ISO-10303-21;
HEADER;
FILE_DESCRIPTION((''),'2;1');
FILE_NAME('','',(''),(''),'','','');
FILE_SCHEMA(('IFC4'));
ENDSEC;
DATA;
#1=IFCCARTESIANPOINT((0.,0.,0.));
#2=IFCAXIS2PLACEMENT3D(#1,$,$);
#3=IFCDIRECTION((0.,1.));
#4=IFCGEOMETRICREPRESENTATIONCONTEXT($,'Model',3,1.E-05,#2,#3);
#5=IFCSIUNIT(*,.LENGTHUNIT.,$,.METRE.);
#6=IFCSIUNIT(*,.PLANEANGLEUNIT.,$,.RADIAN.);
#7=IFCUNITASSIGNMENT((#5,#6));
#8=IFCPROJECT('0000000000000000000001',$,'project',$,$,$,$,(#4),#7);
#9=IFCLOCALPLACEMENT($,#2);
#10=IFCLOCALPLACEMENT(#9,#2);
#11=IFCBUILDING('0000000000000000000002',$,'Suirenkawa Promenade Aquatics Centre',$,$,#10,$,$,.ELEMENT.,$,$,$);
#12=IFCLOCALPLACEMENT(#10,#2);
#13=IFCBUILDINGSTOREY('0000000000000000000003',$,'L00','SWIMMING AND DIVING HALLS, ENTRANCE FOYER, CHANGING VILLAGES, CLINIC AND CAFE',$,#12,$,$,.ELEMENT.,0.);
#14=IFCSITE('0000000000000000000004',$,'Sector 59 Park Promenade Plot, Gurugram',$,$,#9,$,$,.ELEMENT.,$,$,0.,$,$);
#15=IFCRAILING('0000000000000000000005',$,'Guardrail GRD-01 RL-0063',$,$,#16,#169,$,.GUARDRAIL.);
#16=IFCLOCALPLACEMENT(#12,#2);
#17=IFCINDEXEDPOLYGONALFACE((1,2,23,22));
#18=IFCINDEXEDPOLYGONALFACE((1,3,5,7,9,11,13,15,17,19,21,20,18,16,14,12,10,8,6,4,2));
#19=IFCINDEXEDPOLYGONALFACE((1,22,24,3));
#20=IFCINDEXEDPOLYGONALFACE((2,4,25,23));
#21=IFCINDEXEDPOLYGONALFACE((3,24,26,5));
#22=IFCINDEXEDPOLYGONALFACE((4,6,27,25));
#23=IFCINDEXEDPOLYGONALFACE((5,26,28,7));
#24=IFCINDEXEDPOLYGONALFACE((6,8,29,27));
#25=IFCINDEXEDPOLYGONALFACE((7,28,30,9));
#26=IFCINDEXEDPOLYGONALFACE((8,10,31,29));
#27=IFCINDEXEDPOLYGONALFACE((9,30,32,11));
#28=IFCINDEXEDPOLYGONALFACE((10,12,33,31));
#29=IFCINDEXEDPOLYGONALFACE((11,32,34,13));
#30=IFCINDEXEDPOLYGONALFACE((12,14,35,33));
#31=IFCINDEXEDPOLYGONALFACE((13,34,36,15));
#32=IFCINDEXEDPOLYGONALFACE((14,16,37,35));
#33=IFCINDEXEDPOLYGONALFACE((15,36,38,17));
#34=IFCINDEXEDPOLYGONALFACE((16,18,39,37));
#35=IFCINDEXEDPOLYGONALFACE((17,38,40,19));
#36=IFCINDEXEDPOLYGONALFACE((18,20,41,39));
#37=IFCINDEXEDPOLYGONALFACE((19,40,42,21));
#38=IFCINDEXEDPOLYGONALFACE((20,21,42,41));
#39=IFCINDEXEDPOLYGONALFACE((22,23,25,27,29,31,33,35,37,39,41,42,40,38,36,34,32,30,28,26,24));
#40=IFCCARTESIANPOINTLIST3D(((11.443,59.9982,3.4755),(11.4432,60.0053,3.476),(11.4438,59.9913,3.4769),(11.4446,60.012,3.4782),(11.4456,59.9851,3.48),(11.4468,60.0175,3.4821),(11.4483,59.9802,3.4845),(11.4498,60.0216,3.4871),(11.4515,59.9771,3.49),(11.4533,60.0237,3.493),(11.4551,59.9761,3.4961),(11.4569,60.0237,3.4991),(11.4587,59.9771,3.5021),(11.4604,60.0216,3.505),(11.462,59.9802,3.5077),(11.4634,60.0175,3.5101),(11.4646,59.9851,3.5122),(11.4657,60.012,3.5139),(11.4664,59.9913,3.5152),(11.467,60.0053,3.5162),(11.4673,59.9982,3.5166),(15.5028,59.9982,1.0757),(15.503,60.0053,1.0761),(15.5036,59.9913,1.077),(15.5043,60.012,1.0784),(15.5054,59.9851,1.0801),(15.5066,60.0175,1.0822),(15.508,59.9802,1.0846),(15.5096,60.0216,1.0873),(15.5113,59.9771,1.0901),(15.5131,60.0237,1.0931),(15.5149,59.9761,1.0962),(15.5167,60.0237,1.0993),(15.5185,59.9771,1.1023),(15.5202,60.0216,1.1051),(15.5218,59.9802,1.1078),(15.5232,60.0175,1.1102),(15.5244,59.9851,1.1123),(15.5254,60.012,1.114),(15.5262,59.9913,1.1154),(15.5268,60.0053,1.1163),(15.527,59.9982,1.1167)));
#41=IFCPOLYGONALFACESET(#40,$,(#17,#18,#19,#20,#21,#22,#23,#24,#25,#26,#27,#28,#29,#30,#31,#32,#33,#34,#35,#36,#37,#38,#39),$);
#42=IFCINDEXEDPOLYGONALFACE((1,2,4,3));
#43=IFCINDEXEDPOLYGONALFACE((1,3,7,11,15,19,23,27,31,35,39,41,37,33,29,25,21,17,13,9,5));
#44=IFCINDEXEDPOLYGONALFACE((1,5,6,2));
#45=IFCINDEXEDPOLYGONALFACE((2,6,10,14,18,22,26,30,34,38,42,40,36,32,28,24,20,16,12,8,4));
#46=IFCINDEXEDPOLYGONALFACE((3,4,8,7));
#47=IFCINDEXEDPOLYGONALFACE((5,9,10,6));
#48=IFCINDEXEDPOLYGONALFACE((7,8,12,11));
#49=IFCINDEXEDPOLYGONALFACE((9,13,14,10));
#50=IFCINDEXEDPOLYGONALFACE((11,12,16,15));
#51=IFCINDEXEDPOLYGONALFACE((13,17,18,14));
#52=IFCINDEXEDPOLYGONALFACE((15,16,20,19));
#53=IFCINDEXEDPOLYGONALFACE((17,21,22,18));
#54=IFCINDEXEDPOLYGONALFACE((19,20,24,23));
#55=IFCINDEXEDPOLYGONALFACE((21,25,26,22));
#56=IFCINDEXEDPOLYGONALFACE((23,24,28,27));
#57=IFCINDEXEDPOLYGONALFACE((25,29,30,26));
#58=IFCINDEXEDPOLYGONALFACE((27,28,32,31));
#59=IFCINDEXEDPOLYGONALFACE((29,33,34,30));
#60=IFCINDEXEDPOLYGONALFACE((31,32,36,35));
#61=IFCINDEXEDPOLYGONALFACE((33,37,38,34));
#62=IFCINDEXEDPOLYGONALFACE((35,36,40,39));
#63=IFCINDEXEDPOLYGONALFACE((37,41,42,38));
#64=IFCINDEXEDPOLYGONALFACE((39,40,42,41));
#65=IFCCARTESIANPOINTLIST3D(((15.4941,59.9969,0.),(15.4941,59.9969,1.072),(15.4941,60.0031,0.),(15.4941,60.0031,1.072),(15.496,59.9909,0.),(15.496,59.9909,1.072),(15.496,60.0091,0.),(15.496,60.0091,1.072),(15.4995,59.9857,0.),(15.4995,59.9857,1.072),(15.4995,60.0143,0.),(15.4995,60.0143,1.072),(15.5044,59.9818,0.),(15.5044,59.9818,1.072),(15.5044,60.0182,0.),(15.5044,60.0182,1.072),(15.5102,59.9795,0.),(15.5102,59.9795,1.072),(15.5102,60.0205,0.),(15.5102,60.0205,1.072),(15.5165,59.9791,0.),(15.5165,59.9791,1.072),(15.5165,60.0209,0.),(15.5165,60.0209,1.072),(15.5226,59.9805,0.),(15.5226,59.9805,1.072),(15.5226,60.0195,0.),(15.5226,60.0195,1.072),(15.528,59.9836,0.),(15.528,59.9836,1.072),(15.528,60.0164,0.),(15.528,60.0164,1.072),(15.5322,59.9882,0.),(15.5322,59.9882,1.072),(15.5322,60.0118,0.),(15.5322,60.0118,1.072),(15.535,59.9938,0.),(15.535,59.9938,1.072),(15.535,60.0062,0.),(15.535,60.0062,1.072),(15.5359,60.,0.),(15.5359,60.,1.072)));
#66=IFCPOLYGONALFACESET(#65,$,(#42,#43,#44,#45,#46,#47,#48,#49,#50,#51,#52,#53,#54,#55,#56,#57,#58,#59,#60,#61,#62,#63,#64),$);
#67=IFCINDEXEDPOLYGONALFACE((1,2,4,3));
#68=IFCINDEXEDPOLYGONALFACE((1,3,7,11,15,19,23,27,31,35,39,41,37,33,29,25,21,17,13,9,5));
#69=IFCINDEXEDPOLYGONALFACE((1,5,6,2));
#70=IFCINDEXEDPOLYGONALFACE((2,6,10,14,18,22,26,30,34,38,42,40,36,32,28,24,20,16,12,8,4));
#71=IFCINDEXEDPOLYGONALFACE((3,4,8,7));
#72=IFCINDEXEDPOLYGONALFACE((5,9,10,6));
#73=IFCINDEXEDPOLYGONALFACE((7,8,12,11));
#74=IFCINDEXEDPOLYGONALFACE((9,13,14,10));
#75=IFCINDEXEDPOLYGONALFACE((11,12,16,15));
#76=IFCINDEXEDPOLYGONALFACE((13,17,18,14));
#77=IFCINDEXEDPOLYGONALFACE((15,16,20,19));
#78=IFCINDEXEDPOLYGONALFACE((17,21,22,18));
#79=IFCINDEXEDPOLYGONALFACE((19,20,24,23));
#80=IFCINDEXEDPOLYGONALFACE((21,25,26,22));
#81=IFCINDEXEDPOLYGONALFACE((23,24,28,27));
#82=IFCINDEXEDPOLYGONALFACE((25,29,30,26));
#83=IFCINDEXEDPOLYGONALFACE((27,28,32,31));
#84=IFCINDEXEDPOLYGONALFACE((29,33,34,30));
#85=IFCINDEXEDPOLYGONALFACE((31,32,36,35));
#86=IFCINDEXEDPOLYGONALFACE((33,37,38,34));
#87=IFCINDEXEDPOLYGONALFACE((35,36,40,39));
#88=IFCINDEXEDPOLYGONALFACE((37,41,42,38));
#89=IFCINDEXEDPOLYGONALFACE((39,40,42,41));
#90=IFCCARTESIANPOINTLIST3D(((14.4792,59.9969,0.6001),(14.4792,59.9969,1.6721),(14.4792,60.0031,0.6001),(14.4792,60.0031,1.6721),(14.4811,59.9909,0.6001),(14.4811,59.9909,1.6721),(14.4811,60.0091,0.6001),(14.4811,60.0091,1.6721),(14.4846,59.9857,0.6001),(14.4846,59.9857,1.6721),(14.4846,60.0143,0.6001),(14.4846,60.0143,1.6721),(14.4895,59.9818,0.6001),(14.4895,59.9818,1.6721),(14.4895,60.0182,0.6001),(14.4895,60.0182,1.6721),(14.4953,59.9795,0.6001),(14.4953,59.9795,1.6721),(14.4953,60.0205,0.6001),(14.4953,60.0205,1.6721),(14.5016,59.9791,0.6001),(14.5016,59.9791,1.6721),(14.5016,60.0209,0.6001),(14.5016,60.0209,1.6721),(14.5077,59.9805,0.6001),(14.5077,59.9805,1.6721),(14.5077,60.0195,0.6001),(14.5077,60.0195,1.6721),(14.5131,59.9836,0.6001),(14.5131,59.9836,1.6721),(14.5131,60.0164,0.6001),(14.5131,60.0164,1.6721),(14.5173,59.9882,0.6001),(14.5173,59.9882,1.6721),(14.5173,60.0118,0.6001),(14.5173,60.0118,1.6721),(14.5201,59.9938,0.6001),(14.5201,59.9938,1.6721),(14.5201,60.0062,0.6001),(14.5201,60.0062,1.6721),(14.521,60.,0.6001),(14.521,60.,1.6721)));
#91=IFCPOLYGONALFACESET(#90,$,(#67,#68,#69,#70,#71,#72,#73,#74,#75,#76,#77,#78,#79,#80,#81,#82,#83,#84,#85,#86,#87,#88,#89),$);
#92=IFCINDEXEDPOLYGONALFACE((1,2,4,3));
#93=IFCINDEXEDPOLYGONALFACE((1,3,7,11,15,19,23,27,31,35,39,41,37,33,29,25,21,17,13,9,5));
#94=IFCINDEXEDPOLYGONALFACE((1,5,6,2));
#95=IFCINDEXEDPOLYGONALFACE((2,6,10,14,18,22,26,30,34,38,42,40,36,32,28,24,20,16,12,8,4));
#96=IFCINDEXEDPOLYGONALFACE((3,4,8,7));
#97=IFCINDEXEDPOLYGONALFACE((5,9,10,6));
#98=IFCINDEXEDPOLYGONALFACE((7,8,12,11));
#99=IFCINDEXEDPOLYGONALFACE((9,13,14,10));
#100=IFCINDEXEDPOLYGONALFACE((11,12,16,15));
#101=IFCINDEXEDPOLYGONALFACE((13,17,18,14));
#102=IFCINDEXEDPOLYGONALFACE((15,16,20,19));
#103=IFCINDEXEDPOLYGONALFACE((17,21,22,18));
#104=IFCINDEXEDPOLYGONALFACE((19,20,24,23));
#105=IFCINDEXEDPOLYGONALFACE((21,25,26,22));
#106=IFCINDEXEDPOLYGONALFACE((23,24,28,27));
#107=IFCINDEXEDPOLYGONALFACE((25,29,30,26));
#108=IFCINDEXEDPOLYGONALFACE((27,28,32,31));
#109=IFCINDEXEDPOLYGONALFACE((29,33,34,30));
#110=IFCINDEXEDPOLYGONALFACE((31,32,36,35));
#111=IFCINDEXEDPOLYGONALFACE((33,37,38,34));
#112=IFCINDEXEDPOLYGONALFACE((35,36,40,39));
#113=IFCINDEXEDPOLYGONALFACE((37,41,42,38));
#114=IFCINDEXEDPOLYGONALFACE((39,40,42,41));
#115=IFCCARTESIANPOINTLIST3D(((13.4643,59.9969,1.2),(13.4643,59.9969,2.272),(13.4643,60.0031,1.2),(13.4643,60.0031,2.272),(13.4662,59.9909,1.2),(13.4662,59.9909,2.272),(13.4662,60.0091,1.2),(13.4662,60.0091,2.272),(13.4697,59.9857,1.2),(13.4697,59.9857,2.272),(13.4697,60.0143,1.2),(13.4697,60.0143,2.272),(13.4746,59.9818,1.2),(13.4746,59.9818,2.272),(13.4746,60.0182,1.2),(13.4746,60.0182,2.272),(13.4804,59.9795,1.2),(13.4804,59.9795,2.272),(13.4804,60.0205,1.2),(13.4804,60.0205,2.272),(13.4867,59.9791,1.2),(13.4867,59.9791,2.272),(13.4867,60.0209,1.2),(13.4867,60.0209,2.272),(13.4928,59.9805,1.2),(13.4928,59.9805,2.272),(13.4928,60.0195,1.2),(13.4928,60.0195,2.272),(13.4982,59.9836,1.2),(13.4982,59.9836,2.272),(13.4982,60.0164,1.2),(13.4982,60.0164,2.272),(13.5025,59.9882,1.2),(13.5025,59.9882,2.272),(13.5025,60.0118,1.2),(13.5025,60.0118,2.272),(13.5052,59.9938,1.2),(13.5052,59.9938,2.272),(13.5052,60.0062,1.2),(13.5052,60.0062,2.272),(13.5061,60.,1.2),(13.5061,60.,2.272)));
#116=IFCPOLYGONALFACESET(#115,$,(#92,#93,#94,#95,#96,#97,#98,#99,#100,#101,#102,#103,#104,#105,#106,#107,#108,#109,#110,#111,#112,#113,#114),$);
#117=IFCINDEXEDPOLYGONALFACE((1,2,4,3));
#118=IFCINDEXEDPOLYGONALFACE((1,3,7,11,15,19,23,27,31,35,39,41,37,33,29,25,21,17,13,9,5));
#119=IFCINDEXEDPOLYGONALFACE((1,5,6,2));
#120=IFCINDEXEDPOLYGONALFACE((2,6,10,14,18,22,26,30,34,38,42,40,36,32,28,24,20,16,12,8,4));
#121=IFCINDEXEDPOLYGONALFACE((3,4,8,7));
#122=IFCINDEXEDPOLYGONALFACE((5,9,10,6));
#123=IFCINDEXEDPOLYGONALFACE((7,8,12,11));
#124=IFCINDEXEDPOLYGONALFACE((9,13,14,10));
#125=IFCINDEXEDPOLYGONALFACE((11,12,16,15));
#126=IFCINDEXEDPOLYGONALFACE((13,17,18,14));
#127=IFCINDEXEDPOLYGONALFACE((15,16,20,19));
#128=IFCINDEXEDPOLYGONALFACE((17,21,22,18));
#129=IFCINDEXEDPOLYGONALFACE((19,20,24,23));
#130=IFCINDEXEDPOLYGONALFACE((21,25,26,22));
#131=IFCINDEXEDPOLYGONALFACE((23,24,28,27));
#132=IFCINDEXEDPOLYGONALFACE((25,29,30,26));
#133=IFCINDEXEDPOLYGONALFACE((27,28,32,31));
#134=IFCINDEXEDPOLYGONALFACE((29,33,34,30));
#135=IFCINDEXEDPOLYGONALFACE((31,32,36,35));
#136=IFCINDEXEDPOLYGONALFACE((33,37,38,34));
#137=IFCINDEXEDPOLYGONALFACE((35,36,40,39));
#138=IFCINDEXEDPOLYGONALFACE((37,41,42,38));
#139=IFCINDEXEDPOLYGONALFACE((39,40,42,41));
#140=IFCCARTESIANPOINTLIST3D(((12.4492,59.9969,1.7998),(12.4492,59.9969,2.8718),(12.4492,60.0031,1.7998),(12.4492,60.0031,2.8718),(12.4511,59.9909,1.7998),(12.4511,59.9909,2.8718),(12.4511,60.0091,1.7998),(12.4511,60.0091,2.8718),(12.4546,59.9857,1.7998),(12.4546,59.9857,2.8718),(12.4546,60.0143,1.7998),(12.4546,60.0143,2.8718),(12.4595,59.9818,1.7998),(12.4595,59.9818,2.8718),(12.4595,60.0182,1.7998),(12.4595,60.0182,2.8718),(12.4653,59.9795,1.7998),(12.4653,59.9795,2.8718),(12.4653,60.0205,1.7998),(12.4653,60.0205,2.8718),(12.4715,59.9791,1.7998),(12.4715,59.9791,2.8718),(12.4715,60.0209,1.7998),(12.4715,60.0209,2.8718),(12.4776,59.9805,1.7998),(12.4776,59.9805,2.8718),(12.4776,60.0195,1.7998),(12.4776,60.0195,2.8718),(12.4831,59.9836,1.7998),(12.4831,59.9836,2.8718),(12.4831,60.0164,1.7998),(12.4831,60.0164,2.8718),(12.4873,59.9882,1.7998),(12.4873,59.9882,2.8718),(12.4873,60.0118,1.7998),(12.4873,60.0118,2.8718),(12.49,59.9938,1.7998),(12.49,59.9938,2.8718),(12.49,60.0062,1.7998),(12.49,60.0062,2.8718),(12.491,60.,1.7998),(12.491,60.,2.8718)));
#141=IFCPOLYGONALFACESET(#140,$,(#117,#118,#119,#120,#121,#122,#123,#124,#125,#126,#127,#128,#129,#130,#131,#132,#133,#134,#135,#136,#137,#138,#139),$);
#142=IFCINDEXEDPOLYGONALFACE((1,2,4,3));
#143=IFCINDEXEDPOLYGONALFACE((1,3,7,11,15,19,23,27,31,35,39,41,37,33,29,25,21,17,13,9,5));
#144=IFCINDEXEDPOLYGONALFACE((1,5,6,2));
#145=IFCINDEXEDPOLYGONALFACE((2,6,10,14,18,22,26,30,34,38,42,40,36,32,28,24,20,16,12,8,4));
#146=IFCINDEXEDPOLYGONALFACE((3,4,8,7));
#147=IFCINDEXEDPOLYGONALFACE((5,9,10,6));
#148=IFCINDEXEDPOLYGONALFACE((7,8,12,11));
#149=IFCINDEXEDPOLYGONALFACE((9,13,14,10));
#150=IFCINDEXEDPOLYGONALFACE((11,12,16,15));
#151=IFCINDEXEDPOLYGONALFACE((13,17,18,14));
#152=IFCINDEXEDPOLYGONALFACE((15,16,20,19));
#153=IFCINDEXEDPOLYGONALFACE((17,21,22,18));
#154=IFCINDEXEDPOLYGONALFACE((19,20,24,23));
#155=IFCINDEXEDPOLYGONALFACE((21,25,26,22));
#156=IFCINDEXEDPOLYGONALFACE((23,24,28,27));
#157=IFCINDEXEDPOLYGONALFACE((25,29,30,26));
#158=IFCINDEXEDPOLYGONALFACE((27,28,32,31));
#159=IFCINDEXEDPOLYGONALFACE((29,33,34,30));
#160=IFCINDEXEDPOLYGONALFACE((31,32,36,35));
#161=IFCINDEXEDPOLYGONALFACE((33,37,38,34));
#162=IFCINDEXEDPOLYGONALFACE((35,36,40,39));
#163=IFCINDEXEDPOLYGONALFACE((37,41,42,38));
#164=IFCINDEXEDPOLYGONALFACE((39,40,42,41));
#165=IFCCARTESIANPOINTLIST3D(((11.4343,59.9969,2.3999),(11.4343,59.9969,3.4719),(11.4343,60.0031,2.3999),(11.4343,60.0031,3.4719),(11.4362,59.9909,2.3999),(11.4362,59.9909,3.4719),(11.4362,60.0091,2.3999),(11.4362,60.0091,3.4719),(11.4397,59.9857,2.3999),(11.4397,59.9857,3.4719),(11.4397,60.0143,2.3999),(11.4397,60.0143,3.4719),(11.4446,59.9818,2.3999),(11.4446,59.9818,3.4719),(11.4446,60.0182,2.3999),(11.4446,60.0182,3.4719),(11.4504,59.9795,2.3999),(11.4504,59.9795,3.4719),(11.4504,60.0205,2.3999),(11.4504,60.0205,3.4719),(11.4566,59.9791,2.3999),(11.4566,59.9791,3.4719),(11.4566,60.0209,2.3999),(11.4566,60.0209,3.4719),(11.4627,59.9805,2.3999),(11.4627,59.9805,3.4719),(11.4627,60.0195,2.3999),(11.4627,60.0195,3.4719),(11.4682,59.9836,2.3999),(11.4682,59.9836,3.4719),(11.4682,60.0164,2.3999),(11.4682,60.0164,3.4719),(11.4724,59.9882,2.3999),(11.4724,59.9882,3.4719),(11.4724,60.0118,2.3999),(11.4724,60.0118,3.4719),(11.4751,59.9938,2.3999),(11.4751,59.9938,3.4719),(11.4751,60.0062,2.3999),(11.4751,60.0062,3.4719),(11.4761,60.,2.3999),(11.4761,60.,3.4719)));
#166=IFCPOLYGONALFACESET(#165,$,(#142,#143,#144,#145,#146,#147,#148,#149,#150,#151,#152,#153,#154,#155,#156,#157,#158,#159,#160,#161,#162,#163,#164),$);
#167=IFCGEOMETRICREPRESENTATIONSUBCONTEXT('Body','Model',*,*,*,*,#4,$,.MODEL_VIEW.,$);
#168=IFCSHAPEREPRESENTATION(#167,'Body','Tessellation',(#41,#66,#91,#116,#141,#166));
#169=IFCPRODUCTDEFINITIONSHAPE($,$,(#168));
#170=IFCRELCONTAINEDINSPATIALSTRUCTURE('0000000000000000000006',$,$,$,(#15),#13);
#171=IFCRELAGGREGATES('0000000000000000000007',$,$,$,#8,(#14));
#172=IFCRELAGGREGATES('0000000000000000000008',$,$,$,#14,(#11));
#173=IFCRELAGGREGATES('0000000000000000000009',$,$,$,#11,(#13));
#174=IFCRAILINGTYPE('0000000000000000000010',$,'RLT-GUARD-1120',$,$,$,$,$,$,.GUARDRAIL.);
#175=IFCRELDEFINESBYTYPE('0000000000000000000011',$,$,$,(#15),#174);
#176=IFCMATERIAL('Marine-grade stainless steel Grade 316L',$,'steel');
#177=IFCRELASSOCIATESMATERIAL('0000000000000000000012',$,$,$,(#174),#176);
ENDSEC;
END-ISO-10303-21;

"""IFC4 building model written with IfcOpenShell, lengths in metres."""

from ifc_helpers import new_model, si_unit, direction, frame, origin, origin_2d, place, context, subcontext, project, spatial, circle, extrude, material, type_object, element, save


model = new_model("IFC4")

# Units and contexts
model_context = context("Model", 3, precision=1e-05, world=origin(), true_north=direction((0.0, 1.0)))
body_context = subcontext(model_context, "Body", "Model", "MODEL_VIEW")
ifc_project = project(units=[si_unit("LENGTHUNIT", "METRE"), si_unit("PLANEANGLEUNIT", "RADIAN")], contexts=[model_context])

# Site, building, storey
site_placement = place(None, origin())
site = spatial("IfcSite", under=ifc_project, at=site_placement, Name="Sector 59 Park Promenade Plot, Gurugram", CompositionType="ELEMENT", RefElevation=0.0)
building_placement = place(site_placement, origin())
building = spatial("IfcBuilding", under=site, at=building_placement, Name="Suirenkawa Promenade Aquatics Centre", CompositionType="ELEMENT")
storey_placement = place(building_placement, origin())
storey = spatial("IfcBuildingStorey", under=building, at=storey_placement, Name="L00", Description="SWIMMING AND DIVING HALLS, ENTRANCE FOYER, CHANGING VILLAGES, CLINIC AND CAFE", CompositionType="ELEMENT", Elevation=0.0)

# Railing
ifc_material_1 = material(Name="Marine-grade stainless steel Grade 316L", Category="steel")
railing_type_1 = type_object("IfcRailingType", Name="RLT-GUARD-1120", PredefinedType="GUARDRAIL", material=ifc_material_1)
for number, where, name in (
    (1, (15.5149, 60.0, 0.0), "Guardrail GRD-01 RL-0063"),
):
    element("IfcRailing", number, at=place(storey_placement, frame(where)), inside=storey, type_object=railing_type_1, Name=name, PredefinedType="GUARDRAIL", context=body_context, shape_type="SweptSolid", body=[
        extrude(circle(Radius=0.0239, at=origin_2d()), frame((0.0, 0.0, 1.0962), z_axis=(-0.860841, 0.0, 0.508874), x_axis=(0.0, -1.0, 0.0)), (0.0, 0.0, 1.0), 4.7161),
        extrude(circle(Radius=0.021, at=origin_2d()), origin(), (0.0, 0.0, 1.0), 1.072),
        extrude(circle(Radius=0.021, at=origin_2d()), frame((-1.0149, 0.0, 0.6001)), (0.0, 0.0, 1.0), 1.072),
        extrude(circle(Radius=0.021, at=origin_2d()), frame((-2.0298, 0.0, 1.2)), (0.0, 0.0, 1.0), 1.072),
        extrude(circle(Radius=0.021, at=origin_2d()), frame((-3.0449, 0.0, 1.7998)), (0.0, 0.0, 1.0), 1.072),
        extrude(circle(Radius=0.021, at=origin_2d()), frame((-4.0598, 0.0, 2.3999)), (0.0, 0.0, 1.0), 1.072),
    ])

save(model, "model.ifc")
